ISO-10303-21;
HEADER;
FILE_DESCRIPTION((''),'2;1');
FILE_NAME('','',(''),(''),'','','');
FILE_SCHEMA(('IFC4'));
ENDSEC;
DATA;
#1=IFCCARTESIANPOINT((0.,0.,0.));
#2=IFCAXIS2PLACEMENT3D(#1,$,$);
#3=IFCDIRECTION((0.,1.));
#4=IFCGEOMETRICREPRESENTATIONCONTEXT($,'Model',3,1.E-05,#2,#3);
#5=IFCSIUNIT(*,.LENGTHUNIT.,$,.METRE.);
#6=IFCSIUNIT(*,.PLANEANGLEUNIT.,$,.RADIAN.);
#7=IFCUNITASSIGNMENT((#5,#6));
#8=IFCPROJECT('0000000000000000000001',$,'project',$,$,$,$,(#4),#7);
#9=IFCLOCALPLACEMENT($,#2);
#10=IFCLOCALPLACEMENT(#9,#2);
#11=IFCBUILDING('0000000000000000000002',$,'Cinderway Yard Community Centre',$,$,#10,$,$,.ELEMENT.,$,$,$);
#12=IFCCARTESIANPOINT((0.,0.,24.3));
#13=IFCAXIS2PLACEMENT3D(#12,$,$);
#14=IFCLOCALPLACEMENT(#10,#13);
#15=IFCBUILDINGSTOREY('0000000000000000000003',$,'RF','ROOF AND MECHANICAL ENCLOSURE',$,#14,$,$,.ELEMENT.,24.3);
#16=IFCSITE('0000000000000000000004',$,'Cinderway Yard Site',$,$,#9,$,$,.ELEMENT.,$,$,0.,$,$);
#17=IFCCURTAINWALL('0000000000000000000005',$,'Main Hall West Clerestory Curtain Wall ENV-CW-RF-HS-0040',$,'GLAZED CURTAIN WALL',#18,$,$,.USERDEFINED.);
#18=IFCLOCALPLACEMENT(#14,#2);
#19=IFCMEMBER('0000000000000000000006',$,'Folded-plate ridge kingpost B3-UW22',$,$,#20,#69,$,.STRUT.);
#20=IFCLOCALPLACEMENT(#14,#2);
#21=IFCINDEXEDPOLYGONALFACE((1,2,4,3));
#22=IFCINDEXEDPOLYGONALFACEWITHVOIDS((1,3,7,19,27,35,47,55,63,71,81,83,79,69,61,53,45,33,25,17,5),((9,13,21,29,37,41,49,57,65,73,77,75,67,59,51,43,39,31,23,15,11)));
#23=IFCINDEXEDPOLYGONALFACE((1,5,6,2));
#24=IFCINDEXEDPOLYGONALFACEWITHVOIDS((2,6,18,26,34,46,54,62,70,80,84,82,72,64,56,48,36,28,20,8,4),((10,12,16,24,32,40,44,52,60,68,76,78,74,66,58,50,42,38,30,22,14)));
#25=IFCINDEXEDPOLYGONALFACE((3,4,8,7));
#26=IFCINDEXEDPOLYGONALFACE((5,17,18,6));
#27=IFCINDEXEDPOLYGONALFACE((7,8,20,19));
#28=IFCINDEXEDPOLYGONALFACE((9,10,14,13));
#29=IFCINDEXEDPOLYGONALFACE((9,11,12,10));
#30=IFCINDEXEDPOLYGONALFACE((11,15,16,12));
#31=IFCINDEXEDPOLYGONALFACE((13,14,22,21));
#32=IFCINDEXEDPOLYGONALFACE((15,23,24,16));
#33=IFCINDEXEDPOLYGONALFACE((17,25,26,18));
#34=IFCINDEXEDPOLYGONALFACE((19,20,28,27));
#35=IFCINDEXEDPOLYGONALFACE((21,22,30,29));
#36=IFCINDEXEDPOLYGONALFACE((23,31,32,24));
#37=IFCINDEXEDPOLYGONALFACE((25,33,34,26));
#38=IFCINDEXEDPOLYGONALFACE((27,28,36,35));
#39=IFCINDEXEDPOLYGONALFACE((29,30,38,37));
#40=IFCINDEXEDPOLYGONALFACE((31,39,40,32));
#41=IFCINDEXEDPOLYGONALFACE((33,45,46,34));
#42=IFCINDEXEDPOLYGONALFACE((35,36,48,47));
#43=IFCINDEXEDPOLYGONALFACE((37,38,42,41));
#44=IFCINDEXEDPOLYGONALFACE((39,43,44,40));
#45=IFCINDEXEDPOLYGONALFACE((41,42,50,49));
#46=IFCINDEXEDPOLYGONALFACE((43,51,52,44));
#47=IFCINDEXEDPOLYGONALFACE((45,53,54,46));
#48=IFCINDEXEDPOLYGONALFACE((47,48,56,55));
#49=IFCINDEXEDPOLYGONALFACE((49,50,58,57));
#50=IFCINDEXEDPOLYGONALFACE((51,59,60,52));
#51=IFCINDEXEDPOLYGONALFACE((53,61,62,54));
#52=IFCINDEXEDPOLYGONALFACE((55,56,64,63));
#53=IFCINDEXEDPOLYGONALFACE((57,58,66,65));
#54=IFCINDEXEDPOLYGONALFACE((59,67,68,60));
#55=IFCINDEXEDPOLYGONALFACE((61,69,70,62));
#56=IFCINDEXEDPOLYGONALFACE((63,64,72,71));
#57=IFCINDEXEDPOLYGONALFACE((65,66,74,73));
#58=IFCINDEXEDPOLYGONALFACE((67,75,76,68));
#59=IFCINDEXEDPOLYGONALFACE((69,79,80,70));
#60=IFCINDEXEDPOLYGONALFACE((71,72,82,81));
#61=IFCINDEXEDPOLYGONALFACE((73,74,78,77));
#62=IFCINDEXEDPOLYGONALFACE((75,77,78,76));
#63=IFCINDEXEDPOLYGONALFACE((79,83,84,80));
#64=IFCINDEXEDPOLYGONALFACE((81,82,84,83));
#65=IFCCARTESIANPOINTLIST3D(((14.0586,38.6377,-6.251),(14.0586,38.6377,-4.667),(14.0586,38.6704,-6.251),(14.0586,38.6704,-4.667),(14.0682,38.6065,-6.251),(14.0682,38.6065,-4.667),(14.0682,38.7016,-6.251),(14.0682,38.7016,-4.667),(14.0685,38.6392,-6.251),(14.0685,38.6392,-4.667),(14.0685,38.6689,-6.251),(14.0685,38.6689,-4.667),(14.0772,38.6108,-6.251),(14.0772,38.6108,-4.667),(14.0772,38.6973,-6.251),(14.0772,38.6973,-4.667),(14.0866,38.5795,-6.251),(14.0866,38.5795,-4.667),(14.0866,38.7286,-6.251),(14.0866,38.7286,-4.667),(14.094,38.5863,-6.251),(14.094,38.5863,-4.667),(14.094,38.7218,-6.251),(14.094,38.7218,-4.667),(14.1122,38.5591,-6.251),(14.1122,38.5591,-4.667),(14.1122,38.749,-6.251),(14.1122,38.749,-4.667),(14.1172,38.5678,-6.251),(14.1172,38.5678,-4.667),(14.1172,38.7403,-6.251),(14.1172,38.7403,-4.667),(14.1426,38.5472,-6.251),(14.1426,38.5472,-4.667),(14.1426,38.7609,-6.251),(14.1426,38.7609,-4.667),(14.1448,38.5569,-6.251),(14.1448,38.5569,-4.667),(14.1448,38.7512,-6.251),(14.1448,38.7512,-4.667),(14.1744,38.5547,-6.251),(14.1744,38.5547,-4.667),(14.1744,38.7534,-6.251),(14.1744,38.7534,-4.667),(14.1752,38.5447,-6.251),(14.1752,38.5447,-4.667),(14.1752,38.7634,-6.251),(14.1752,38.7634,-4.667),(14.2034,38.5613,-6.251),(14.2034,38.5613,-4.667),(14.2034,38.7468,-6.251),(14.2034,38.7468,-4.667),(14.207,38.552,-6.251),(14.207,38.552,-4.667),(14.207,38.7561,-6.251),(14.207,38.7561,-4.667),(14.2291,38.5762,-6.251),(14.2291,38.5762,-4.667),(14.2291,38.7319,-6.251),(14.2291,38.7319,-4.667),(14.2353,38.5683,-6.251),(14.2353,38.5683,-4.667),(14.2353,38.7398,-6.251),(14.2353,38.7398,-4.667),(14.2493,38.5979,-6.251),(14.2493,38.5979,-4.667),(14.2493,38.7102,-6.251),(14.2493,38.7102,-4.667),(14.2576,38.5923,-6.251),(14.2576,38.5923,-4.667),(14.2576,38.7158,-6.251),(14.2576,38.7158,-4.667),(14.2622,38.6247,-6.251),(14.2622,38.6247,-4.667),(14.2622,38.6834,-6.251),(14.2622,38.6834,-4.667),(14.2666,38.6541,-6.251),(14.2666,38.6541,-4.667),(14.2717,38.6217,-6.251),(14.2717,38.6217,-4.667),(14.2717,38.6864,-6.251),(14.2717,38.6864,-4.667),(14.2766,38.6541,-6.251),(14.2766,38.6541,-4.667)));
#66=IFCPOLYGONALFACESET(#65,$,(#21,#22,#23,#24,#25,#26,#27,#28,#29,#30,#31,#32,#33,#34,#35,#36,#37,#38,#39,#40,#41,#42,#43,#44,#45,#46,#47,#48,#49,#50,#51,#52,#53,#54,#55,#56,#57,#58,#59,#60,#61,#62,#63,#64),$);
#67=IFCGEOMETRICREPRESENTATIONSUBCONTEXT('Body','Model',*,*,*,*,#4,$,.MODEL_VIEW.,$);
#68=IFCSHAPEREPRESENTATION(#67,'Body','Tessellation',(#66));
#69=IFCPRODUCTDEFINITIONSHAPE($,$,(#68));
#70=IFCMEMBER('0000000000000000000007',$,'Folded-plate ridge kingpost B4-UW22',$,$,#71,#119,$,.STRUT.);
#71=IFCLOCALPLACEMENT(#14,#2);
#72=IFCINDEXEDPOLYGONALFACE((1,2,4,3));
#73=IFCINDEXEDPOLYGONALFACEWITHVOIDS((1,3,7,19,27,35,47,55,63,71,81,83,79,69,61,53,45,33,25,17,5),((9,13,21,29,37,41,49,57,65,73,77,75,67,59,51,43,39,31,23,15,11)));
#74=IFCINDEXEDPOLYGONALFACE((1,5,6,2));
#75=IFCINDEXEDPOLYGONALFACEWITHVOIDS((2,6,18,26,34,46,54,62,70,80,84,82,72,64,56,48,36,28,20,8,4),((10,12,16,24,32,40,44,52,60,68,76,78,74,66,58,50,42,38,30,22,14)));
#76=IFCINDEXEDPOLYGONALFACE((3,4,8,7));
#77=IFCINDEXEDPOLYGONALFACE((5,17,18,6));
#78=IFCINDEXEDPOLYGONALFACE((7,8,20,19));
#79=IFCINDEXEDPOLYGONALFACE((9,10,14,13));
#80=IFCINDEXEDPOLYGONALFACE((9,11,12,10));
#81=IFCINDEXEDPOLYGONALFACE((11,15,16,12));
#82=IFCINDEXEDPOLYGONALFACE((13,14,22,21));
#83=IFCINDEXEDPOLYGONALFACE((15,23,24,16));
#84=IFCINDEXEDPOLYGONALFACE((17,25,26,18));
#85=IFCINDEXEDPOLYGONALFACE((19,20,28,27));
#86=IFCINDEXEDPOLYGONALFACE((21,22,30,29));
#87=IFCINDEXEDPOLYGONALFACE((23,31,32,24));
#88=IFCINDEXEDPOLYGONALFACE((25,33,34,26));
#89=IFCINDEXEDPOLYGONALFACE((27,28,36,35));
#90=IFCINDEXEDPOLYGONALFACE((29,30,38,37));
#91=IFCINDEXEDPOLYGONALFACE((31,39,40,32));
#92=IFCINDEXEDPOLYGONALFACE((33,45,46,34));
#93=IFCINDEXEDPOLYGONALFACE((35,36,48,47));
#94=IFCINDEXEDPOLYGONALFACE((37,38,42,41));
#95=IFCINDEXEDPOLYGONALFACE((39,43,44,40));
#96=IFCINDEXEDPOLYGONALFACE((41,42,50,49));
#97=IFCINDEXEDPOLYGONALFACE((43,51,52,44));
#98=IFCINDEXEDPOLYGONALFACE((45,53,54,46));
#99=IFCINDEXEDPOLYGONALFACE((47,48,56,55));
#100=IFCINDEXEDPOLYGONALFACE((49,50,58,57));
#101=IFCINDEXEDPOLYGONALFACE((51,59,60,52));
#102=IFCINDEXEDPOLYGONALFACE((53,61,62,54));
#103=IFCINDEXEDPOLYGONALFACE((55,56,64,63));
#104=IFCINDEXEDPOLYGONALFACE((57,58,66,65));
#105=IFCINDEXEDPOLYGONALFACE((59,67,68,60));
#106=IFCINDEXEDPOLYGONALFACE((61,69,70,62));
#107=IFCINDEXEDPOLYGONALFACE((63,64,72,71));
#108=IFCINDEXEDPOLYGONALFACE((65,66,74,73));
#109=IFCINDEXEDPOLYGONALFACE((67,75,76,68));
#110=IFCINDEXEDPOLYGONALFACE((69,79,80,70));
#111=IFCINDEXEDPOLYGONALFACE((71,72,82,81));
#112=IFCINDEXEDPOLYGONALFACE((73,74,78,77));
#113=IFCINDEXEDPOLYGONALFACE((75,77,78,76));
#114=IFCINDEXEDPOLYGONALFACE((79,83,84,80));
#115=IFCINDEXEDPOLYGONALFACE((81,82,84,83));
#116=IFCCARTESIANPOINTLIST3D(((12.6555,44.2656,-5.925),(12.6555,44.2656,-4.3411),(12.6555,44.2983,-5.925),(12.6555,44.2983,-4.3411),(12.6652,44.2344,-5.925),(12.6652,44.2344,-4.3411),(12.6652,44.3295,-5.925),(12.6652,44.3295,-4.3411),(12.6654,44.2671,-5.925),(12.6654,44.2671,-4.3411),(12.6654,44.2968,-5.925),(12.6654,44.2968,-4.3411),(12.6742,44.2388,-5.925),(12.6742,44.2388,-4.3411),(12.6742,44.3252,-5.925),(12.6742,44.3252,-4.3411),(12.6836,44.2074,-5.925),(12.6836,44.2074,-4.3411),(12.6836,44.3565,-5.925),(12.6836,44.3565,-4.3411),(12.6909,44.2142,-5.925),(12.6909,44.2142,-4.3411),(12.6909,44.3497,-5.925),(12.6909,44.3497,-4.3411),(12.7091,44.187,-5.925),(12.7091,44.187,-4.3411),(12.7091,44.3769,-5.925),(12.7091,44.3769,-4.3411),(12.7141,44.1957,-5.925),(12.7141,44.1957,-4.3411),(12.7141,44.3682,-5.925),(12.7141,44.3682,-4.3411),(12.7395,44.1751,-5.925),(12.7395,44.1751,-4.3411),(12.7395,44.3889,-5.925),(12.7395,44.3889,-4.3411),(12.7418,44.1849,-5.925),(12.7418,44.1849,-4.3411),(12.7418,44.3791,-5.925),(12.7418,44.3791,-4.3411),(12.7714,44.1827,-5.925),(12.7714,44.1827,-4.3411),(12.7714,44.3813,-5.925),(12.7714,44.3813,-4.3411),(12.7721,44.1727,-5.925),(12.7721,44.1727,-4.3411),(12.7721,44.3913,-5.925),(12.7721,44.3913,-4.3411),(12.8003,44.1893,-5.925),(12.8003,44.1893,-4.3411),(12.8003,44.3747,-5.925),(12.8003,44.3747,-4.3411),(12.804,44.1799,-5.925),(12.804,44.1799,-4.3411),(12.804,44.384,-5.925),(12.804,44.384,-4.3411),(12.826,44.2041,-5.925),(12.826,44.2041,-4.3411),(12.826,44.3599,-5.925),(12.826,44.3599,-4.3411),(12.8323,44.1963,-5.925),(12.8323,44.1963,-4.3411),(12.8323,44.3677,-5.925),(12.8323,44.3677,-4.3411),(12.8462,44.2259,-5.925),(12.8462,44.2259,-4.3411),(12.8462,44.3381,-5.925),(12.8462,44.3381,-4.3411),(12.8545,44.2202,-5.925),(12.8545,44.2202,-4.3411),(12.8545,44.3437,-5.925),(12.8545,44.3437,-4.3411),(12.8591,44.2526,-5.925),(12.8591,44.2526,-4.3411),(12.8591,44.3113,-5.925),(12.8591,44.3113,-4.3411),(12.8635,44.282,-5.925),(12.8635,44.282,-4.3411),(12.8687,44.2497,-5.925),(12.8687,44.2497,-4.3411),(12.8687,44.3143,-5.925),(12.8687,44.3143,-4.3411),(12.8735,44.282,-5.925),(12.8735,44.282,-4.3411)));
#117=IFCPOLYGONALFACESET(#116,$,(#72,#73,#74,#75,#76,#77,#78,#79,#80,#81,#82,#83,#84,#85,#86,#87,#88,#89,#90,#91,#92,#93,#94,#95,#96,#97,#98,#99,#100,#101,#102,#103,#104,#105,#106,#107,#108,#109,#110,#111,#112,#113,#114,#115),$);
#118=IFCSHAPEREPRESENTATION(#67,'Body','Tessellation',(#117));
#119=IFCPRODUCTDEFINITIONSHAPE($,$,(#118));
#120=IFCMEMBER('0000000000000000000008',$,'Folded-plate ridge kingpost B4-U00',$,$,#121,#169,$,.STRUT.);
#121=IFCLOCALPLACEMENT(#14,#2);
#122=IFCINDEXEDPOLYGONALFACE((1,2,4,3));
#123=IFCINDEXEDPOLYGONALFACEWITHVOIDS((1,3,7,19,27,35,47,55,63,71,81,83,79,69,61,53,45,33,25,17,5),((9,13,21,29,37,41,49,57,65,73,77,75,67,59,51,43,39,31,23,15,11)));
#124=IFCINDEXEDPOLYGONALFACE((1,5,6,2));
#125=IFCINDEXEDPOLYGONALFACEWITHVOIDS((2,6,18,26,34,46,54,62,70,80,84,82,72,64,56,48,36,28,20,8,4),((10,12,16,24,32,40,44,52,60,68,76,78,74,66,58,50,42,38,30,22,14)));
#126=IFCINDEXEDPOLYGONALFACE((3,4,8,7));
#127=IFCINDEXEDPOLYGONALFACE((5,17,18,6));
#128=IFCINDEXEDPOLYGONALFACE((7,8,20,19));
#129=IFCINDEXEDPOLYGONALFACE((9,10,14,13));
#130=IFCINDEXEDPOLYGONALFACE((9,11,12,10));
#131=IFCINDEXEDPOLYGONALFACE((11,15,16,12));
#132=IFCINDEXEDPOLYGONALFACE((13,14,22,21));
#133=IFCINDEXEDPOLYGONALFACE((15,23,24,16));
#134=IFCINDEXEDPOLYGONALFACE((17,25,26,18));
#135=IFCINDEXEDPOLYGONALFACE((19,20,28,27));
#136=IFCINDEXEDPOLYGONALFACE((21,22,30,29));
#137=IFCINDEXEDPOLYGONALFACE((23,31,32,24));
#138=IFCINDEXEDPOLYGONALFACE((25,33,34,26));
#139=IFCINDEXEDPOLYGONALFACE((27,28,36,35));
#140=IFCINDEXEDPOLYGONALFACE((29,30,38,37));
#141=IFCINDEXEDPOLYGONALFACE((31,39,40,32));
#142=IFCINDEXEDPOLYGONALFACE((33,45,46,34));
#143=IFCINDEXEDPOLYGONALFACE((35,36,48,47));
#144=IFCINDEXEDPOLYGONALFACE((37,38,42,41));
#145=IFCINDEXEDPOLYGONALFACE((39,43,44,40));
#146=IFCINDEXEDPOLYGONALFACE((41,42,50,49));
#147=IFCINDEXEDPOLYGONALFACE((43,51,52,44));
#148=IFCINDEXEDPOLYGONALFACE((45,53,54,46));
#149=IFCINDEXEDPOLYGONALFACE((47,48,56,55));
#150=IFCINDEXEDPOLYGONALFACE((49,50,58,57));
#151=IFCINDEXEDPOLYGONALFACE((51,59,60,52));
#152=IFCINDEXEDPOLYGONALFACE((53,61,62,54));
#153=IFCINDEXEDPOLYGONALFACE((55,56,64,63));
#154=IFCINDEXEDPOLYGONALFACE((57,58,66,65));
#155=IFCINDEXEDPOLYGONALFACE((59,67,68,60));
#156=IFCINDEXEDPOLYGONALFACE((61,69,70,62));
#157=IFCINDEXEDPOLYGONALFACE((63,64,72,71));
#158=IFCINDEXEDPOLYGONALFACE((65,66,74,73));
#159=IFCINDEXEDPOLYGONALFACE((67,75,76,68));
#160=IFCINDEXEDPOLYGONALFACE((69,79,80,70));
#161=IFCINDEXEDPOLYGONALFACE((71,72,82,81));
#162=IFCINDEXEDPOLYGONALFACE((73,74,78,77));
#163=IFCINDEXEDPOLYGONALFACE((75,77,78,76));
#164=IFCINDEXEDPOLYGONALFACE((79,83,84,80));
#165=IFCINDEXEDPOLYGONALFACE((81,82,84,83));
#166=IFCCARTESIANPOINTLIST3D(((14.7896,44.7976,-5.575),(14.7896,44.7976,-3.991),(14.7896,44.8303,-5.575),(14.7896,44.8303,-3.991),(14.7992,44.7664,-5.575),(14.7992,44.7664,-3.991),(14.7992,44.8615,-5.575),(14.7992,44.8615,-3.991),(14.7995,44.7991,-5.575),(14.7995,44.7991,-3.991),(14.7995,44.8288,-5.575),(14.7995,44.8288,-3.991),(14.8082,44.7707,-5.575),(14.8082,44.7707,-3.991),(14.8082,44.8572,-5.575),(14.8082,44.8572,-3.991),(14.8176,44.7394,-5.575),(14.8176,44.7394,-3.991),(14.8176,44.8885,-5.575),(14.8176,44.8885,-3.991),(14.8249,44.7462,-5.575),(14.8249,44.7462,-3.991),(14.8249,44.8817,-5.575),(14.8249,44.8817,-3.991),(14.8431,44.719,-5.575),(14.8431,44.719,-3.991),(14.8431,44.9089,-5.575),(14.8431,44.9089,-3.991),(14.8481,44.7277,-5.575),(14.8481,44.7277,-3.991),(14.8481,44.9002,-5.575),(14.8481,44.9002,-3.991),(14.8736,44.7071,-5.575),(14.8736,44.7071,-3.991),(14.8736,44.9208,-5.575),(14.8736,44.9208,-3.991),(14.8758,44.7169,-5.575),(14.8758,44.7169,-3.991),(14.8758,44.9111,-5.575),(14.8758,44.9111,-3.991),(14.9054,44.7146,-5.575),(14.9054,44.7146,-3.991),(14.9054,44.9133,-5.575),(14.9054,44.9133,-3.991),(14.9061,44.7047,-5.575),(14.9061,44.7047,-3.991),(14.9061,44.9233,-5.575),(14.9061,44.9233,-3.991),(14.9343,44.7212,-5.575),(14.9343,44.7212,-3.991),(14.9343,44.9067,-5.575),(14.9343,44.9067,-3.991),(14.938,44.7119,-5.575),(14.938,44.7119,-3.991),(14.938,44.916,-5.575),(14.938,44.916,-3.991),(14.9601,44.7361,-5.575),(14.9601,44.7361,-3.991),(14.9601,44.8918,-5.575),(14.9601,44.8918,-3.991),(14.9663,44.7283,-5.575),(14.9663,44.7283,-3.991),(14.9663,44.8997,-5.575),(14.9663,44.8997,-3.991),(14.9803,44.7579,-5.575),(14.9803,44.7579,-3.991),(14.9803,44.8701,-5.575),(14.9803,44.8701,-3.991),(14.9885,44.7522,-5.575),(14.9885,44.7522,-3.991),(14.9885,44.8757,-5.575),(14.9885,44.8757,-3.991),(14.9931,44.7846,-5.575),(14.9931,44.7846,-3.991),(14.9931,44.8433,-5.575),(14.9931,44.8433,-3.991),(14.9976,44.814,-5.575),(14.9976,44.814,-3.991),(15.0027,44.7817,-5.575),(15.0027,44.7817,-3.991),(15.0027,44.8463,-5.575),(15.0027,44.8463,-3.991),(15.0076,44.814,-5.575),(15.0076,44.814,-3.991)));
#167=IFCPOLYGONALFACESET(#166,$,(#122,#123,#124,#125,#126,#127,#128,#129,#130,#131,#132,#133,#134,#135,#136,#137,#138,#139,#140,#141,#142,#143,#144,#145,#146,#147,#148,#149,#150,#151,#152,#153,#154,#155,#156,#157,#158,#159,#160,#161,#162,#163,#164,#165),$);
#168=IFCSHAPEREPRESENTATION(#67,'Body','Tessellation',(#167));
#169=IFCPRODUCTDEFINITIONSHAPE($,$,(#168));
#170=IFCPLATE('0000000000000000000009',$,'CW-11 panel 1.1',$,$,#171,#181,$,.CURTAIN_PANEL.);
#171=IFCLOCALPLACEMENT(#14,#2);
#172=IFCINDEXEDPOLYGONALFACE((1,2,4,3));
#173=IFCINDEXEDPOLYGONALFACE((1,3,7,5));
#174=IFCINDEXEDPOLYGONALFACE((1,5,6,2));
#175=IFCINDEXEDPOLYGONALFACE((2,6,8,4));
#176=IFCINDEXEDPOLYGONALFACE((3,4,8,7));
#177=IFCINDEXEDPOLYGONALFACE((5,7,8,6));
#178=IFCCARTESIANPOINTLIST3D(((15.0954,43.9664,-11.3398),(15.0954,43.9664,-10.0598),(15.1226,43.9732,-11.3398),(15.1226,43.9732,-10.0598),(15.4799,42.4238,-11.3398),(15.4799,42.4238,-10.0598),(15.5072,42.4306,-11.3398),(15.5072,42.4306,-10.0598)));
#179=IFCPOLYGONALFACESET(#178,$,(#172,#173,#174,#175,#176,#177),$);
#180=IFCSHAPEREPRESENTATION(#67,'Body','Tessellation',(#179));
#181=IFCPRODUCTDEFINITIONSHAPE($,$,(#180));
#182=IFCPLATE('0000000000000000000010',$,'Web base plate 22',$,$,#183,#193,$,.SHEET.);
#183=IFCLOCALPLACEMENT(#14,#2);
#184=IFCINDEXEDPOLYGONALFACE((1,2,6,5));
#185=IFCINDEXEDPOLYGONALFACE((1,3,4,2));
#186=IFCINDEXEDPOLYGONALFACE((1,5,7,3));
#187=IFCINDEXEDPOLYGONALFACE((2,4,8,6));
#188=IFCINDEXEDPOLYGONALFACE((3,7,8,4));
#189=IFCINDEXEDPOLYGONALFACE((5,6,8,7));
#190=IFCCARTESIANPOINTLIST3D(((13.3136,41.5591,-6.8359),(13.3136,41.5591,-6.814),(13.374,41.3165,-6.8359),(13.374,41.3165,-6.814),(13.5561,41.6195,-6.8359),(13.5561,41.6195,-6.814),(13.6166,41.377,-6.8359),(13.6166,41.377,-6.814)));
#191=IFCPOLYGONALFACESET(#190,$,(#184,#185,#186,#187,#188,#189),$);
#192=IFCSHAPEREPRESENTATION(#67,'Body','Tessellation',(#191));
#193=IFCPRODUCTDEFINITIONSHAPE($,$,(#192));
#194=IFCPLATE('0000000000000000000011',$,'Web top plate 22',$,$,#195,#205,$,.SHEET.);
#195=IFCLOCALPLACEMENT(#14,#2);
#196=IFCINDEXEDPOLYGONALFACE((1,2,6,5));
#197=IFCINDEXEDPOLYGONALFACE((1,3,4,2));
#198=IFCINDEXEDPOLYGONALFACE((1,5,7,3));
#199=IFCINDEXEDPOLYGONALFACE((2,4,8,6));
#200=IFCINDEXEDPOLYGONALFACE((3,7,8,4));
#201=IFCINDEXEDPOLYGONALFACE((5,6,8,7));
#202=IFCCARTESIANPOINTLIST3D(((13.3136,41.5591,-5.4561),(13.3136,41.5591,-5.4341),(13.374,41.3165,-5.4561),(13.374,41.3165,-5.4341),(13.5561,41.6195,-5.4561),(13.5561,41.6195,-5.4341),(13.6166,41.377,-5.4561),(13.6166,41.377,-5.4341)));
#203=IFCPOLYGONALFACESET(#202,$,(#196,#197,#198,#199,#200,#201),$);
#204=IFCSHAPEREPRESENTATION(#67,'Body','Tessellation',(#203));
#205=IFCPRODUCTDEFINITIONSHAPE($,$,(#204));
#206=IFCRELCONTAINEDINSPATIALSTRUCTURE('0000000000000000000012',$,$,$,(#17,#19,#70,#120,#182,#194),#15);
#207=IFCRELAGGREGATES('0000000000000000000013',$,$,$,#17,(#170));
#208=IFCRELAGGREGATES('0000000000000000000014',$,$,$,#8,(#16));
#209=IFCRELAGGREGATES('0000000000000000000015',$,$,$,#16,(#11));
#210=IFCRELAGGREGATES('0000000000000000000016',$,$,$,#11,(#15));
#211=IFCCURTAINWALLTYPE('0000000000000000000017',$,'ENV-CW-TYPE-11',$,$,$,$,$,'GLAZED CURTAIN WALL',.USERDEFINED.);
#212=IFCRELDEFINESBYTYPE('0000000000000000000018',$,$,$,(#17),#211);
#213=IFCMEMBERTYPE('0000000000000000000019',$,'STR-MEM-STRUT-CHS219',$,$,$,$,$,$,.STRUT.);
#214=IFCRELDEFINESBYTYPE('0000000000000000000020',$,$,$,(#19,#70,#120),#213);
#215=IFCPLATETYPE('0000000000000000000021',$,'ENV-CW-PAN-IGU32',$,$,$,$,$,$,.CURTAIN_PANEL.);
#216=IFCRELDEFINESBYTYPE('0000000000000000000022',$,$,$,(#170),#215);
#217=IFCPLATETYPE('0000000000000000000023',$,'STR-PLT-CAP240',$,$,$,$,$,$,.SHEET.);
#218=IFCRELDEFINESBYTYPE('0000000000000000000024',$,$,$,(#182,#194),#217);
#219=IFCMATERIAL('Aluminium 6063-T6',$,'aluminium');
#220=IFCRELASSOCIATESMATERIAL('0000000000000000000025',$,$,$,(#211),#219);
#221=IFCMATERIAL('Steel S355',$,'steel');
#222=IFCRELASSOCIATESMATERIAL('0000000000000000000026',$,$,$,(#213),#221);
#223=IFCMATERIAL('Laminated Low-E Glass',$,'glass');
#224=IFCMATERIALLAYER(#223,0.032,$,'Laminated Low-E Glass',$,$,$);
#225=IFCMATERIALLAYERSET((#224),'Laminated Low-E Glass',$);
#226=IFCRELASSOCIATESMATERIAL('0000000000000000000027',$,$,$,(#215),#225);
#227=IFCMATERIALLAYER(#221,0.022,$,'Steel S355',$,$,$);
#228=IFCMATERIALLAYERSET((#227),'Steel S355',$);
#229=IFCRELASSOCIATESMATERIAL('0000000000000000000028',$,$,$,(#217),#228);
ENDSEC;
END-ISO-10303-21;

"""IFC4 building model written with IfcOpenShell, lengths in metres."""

from ifc_helpers import new_model, si_unit, direction, frame, origin, origin_2d, place, context, subcontext, project, spatial, rectangle, hollow_circle, extrude, material, layer, layer_set, material_profile, profile_set, type_object, element, aggregate, save


model = new_model("IFC4")

# Units and contexts
model_context = context("Model", 3, precision=1e-05, world=origin(), true_north=direction((0.0, 1.0)))
body_context = subcontext(model_context, "Body", "Model", "MODEL_VIEW")
ifc_project = project(units=[si_unit("LENGTHUNIT", "METRE"), si_unit("PLANEANGLEUNIT", "RADIAN")], contexts=[model_context])

# Site, building, storey
site_placement = place(None, origin())
site = spatial("IfcSite", under=ifc_project, at=site_placement, Name="Cinderway Yard Site", CompositionType="ELEMENT", RefElevation=0.0)
building_placement = place(site_placement, origin())
building = spatial("IfcBuilding", under=site, at=building_placement, Name="Cinderway Yard Community Centre", CompositionType="ELEMENT")
storey_placement = place(building_placement, frame((0.0, 0.0, 24.3)))
storey = spatial("IfcBuildingStorey", under=building, at=storey_placement, Name="RF", Description="ROOF AND MECHANICAL ENCLOSURE", CompositionType="ELEMENT", Elevation=24.3)

# Shared definitions
ifc_material_1 = material(Name="Steel S355", Category="steel")

# Curtain wall
ifc_material_2 = material(Name="Aluminium 6063-T6", Category="aluminium")
curtain_wall_type = type_object("IfcCurtainWallType", Name="ENV-CW-TYPE-11", ElementType="GLAZED CURTAIN WALL", PredefinedType="USERDEFINED", material=ifc_material_2)
curtain_wall_placement = place(storey_placement, origin())
curtain_wall = element("IfcCurtainWall", 1, at=curtain_wall_placement, inside=storey, type_object=curtain_wall_type, Name="Main Hall West Clerestory Curtain Wall ENV-CW-RF-HS-0040", ObjectType="GLAZED CURTAIN WALL", PredefinedType="USERDEFINED")

# Members
ifc_material_profile_1 = material_profile(ifc_material_1, hollow_circle(Radius=0.1096, WallThickness=0.01, at=origin_2d()), Name="Steel S355")
ifc_profile_set_1 = profile_set([ifc_material_profile_1], Name="Steel S355")
member_type_1 = type_object("IfcMemberType", Name="STR-MEM-STRUT-CHS219", PredefinedType="STRUT", material=ifc_profile_set_1)
for number, where, z_axis, x_axis, name in (
    (2, (14.167, 38.6541, -6.251), (0.0, 0.0, 1.0), (1.0, 0.0, 0.0), "Folded-plate ridge kingpost B3-UW22"),
    (3, (12.7639, 44.282, -5.925), (0.0, 0.0, 1.0), (1.0, 0.0, 0.0), "Folded-plate ridge kingpost B4-UW22"),
    (4, (14.8979, 44.814, -5.575), (0.0, 0.0, 1.0), (1.0, 0.0, 0.0), "Folded-plate ridge kingpost B4-U00"),
):
    element("IfcMember", number, at=place(storey_placement, frame(where, z_axis=z_axis, x_axis=x_axis)), inside=storey, type_object=member_type_1, Name=name, PredefinedType="STRUT", context=body_context, shape_type="SweptSolid", body=[
        extrude(hollow_circle(Radius=0.1096, WallThickness=0.01, at=origin_2d()), origin(), (0.0, 0.0, 1.0), 1.584),
    ])

# Plate
ifc_material_3 = material(Name="Laminated Low-E Glass", Category="glass")
ifc_layer_1 = layer(ifc_material_3, 0.032, Name="Laminated Low-E Glass")
ifc_layer_set_1 = layer_set([ifc_layer_1], Name="Laminated Low-E Glass")
plate_type_1 = type_object("IfcPlateType", Name="ENV-CW-PAN-IGU32", PredefinedType="CURTAIN_PANEL", material=ifc_layer_set_1)
plate_placement = place(storey_placement, frame((15.3013, 43.1985, -11.3398), z_axis=(0.0, 0.0, 1.0), x_axis=(-0.241882, 0.970306, 0.0)))
plate = element("IfcPlate", 5, at=plate_placement, type_object=plate_type_1, Name="CW-11 panel 1.1", PredefinedType="CURTAIN_PANEL", context=body_context, shape_type="SweptSolid", body=[
    extrude(rectangle(XDim=1.5898, YDim=0.0281, at=origin_2d()), origin(), (0.0, 0.0, 1.0), 1.28),
])
aggregate(curtain_wall, [plate])

# Plates
ifc_layer_2 = layer(ifc_material_1, 0.022, Name="Steel S355")
ifc_layer_set_2 = layer_set([ifc_layer_2], Name="Steel S355")
plate_type_2 = type_object("IfcPlateType", Name="STR-PLT-CAP240", PredefinedType="SHEET", material=ifc_layer_set_2)
for number, where, z_axis, x_axis, name in (
    (6, (13.4651, 41.468, -6.8359), (0.0, 0.0, 1.0), (0.970296, 0.241922, 0.0), "Web base plate 22"),
    (7, (13.4651, 41.468, -5.4561), (0.0, 0.0, 1.0), (0.970296, 0.241922, 0.0), "Web top plate 22"),
):
    element("IfcPlate", number, at=place(storey_placement, frame(where, z_axis=z_axis, x_axis=x_axis)), inside=storey, type_object=plate_type_2, Name=name, PredefinedType="SHEET", context=body_context, shape_type="SweptSolid", body=[
        extrude(rectangle(XDim=0.25, YDim=0.25, at=origin_2d()), origin(), (0.0, 0.0, 1.0), 0.022),
    ])

save(model, "model.ifc")
